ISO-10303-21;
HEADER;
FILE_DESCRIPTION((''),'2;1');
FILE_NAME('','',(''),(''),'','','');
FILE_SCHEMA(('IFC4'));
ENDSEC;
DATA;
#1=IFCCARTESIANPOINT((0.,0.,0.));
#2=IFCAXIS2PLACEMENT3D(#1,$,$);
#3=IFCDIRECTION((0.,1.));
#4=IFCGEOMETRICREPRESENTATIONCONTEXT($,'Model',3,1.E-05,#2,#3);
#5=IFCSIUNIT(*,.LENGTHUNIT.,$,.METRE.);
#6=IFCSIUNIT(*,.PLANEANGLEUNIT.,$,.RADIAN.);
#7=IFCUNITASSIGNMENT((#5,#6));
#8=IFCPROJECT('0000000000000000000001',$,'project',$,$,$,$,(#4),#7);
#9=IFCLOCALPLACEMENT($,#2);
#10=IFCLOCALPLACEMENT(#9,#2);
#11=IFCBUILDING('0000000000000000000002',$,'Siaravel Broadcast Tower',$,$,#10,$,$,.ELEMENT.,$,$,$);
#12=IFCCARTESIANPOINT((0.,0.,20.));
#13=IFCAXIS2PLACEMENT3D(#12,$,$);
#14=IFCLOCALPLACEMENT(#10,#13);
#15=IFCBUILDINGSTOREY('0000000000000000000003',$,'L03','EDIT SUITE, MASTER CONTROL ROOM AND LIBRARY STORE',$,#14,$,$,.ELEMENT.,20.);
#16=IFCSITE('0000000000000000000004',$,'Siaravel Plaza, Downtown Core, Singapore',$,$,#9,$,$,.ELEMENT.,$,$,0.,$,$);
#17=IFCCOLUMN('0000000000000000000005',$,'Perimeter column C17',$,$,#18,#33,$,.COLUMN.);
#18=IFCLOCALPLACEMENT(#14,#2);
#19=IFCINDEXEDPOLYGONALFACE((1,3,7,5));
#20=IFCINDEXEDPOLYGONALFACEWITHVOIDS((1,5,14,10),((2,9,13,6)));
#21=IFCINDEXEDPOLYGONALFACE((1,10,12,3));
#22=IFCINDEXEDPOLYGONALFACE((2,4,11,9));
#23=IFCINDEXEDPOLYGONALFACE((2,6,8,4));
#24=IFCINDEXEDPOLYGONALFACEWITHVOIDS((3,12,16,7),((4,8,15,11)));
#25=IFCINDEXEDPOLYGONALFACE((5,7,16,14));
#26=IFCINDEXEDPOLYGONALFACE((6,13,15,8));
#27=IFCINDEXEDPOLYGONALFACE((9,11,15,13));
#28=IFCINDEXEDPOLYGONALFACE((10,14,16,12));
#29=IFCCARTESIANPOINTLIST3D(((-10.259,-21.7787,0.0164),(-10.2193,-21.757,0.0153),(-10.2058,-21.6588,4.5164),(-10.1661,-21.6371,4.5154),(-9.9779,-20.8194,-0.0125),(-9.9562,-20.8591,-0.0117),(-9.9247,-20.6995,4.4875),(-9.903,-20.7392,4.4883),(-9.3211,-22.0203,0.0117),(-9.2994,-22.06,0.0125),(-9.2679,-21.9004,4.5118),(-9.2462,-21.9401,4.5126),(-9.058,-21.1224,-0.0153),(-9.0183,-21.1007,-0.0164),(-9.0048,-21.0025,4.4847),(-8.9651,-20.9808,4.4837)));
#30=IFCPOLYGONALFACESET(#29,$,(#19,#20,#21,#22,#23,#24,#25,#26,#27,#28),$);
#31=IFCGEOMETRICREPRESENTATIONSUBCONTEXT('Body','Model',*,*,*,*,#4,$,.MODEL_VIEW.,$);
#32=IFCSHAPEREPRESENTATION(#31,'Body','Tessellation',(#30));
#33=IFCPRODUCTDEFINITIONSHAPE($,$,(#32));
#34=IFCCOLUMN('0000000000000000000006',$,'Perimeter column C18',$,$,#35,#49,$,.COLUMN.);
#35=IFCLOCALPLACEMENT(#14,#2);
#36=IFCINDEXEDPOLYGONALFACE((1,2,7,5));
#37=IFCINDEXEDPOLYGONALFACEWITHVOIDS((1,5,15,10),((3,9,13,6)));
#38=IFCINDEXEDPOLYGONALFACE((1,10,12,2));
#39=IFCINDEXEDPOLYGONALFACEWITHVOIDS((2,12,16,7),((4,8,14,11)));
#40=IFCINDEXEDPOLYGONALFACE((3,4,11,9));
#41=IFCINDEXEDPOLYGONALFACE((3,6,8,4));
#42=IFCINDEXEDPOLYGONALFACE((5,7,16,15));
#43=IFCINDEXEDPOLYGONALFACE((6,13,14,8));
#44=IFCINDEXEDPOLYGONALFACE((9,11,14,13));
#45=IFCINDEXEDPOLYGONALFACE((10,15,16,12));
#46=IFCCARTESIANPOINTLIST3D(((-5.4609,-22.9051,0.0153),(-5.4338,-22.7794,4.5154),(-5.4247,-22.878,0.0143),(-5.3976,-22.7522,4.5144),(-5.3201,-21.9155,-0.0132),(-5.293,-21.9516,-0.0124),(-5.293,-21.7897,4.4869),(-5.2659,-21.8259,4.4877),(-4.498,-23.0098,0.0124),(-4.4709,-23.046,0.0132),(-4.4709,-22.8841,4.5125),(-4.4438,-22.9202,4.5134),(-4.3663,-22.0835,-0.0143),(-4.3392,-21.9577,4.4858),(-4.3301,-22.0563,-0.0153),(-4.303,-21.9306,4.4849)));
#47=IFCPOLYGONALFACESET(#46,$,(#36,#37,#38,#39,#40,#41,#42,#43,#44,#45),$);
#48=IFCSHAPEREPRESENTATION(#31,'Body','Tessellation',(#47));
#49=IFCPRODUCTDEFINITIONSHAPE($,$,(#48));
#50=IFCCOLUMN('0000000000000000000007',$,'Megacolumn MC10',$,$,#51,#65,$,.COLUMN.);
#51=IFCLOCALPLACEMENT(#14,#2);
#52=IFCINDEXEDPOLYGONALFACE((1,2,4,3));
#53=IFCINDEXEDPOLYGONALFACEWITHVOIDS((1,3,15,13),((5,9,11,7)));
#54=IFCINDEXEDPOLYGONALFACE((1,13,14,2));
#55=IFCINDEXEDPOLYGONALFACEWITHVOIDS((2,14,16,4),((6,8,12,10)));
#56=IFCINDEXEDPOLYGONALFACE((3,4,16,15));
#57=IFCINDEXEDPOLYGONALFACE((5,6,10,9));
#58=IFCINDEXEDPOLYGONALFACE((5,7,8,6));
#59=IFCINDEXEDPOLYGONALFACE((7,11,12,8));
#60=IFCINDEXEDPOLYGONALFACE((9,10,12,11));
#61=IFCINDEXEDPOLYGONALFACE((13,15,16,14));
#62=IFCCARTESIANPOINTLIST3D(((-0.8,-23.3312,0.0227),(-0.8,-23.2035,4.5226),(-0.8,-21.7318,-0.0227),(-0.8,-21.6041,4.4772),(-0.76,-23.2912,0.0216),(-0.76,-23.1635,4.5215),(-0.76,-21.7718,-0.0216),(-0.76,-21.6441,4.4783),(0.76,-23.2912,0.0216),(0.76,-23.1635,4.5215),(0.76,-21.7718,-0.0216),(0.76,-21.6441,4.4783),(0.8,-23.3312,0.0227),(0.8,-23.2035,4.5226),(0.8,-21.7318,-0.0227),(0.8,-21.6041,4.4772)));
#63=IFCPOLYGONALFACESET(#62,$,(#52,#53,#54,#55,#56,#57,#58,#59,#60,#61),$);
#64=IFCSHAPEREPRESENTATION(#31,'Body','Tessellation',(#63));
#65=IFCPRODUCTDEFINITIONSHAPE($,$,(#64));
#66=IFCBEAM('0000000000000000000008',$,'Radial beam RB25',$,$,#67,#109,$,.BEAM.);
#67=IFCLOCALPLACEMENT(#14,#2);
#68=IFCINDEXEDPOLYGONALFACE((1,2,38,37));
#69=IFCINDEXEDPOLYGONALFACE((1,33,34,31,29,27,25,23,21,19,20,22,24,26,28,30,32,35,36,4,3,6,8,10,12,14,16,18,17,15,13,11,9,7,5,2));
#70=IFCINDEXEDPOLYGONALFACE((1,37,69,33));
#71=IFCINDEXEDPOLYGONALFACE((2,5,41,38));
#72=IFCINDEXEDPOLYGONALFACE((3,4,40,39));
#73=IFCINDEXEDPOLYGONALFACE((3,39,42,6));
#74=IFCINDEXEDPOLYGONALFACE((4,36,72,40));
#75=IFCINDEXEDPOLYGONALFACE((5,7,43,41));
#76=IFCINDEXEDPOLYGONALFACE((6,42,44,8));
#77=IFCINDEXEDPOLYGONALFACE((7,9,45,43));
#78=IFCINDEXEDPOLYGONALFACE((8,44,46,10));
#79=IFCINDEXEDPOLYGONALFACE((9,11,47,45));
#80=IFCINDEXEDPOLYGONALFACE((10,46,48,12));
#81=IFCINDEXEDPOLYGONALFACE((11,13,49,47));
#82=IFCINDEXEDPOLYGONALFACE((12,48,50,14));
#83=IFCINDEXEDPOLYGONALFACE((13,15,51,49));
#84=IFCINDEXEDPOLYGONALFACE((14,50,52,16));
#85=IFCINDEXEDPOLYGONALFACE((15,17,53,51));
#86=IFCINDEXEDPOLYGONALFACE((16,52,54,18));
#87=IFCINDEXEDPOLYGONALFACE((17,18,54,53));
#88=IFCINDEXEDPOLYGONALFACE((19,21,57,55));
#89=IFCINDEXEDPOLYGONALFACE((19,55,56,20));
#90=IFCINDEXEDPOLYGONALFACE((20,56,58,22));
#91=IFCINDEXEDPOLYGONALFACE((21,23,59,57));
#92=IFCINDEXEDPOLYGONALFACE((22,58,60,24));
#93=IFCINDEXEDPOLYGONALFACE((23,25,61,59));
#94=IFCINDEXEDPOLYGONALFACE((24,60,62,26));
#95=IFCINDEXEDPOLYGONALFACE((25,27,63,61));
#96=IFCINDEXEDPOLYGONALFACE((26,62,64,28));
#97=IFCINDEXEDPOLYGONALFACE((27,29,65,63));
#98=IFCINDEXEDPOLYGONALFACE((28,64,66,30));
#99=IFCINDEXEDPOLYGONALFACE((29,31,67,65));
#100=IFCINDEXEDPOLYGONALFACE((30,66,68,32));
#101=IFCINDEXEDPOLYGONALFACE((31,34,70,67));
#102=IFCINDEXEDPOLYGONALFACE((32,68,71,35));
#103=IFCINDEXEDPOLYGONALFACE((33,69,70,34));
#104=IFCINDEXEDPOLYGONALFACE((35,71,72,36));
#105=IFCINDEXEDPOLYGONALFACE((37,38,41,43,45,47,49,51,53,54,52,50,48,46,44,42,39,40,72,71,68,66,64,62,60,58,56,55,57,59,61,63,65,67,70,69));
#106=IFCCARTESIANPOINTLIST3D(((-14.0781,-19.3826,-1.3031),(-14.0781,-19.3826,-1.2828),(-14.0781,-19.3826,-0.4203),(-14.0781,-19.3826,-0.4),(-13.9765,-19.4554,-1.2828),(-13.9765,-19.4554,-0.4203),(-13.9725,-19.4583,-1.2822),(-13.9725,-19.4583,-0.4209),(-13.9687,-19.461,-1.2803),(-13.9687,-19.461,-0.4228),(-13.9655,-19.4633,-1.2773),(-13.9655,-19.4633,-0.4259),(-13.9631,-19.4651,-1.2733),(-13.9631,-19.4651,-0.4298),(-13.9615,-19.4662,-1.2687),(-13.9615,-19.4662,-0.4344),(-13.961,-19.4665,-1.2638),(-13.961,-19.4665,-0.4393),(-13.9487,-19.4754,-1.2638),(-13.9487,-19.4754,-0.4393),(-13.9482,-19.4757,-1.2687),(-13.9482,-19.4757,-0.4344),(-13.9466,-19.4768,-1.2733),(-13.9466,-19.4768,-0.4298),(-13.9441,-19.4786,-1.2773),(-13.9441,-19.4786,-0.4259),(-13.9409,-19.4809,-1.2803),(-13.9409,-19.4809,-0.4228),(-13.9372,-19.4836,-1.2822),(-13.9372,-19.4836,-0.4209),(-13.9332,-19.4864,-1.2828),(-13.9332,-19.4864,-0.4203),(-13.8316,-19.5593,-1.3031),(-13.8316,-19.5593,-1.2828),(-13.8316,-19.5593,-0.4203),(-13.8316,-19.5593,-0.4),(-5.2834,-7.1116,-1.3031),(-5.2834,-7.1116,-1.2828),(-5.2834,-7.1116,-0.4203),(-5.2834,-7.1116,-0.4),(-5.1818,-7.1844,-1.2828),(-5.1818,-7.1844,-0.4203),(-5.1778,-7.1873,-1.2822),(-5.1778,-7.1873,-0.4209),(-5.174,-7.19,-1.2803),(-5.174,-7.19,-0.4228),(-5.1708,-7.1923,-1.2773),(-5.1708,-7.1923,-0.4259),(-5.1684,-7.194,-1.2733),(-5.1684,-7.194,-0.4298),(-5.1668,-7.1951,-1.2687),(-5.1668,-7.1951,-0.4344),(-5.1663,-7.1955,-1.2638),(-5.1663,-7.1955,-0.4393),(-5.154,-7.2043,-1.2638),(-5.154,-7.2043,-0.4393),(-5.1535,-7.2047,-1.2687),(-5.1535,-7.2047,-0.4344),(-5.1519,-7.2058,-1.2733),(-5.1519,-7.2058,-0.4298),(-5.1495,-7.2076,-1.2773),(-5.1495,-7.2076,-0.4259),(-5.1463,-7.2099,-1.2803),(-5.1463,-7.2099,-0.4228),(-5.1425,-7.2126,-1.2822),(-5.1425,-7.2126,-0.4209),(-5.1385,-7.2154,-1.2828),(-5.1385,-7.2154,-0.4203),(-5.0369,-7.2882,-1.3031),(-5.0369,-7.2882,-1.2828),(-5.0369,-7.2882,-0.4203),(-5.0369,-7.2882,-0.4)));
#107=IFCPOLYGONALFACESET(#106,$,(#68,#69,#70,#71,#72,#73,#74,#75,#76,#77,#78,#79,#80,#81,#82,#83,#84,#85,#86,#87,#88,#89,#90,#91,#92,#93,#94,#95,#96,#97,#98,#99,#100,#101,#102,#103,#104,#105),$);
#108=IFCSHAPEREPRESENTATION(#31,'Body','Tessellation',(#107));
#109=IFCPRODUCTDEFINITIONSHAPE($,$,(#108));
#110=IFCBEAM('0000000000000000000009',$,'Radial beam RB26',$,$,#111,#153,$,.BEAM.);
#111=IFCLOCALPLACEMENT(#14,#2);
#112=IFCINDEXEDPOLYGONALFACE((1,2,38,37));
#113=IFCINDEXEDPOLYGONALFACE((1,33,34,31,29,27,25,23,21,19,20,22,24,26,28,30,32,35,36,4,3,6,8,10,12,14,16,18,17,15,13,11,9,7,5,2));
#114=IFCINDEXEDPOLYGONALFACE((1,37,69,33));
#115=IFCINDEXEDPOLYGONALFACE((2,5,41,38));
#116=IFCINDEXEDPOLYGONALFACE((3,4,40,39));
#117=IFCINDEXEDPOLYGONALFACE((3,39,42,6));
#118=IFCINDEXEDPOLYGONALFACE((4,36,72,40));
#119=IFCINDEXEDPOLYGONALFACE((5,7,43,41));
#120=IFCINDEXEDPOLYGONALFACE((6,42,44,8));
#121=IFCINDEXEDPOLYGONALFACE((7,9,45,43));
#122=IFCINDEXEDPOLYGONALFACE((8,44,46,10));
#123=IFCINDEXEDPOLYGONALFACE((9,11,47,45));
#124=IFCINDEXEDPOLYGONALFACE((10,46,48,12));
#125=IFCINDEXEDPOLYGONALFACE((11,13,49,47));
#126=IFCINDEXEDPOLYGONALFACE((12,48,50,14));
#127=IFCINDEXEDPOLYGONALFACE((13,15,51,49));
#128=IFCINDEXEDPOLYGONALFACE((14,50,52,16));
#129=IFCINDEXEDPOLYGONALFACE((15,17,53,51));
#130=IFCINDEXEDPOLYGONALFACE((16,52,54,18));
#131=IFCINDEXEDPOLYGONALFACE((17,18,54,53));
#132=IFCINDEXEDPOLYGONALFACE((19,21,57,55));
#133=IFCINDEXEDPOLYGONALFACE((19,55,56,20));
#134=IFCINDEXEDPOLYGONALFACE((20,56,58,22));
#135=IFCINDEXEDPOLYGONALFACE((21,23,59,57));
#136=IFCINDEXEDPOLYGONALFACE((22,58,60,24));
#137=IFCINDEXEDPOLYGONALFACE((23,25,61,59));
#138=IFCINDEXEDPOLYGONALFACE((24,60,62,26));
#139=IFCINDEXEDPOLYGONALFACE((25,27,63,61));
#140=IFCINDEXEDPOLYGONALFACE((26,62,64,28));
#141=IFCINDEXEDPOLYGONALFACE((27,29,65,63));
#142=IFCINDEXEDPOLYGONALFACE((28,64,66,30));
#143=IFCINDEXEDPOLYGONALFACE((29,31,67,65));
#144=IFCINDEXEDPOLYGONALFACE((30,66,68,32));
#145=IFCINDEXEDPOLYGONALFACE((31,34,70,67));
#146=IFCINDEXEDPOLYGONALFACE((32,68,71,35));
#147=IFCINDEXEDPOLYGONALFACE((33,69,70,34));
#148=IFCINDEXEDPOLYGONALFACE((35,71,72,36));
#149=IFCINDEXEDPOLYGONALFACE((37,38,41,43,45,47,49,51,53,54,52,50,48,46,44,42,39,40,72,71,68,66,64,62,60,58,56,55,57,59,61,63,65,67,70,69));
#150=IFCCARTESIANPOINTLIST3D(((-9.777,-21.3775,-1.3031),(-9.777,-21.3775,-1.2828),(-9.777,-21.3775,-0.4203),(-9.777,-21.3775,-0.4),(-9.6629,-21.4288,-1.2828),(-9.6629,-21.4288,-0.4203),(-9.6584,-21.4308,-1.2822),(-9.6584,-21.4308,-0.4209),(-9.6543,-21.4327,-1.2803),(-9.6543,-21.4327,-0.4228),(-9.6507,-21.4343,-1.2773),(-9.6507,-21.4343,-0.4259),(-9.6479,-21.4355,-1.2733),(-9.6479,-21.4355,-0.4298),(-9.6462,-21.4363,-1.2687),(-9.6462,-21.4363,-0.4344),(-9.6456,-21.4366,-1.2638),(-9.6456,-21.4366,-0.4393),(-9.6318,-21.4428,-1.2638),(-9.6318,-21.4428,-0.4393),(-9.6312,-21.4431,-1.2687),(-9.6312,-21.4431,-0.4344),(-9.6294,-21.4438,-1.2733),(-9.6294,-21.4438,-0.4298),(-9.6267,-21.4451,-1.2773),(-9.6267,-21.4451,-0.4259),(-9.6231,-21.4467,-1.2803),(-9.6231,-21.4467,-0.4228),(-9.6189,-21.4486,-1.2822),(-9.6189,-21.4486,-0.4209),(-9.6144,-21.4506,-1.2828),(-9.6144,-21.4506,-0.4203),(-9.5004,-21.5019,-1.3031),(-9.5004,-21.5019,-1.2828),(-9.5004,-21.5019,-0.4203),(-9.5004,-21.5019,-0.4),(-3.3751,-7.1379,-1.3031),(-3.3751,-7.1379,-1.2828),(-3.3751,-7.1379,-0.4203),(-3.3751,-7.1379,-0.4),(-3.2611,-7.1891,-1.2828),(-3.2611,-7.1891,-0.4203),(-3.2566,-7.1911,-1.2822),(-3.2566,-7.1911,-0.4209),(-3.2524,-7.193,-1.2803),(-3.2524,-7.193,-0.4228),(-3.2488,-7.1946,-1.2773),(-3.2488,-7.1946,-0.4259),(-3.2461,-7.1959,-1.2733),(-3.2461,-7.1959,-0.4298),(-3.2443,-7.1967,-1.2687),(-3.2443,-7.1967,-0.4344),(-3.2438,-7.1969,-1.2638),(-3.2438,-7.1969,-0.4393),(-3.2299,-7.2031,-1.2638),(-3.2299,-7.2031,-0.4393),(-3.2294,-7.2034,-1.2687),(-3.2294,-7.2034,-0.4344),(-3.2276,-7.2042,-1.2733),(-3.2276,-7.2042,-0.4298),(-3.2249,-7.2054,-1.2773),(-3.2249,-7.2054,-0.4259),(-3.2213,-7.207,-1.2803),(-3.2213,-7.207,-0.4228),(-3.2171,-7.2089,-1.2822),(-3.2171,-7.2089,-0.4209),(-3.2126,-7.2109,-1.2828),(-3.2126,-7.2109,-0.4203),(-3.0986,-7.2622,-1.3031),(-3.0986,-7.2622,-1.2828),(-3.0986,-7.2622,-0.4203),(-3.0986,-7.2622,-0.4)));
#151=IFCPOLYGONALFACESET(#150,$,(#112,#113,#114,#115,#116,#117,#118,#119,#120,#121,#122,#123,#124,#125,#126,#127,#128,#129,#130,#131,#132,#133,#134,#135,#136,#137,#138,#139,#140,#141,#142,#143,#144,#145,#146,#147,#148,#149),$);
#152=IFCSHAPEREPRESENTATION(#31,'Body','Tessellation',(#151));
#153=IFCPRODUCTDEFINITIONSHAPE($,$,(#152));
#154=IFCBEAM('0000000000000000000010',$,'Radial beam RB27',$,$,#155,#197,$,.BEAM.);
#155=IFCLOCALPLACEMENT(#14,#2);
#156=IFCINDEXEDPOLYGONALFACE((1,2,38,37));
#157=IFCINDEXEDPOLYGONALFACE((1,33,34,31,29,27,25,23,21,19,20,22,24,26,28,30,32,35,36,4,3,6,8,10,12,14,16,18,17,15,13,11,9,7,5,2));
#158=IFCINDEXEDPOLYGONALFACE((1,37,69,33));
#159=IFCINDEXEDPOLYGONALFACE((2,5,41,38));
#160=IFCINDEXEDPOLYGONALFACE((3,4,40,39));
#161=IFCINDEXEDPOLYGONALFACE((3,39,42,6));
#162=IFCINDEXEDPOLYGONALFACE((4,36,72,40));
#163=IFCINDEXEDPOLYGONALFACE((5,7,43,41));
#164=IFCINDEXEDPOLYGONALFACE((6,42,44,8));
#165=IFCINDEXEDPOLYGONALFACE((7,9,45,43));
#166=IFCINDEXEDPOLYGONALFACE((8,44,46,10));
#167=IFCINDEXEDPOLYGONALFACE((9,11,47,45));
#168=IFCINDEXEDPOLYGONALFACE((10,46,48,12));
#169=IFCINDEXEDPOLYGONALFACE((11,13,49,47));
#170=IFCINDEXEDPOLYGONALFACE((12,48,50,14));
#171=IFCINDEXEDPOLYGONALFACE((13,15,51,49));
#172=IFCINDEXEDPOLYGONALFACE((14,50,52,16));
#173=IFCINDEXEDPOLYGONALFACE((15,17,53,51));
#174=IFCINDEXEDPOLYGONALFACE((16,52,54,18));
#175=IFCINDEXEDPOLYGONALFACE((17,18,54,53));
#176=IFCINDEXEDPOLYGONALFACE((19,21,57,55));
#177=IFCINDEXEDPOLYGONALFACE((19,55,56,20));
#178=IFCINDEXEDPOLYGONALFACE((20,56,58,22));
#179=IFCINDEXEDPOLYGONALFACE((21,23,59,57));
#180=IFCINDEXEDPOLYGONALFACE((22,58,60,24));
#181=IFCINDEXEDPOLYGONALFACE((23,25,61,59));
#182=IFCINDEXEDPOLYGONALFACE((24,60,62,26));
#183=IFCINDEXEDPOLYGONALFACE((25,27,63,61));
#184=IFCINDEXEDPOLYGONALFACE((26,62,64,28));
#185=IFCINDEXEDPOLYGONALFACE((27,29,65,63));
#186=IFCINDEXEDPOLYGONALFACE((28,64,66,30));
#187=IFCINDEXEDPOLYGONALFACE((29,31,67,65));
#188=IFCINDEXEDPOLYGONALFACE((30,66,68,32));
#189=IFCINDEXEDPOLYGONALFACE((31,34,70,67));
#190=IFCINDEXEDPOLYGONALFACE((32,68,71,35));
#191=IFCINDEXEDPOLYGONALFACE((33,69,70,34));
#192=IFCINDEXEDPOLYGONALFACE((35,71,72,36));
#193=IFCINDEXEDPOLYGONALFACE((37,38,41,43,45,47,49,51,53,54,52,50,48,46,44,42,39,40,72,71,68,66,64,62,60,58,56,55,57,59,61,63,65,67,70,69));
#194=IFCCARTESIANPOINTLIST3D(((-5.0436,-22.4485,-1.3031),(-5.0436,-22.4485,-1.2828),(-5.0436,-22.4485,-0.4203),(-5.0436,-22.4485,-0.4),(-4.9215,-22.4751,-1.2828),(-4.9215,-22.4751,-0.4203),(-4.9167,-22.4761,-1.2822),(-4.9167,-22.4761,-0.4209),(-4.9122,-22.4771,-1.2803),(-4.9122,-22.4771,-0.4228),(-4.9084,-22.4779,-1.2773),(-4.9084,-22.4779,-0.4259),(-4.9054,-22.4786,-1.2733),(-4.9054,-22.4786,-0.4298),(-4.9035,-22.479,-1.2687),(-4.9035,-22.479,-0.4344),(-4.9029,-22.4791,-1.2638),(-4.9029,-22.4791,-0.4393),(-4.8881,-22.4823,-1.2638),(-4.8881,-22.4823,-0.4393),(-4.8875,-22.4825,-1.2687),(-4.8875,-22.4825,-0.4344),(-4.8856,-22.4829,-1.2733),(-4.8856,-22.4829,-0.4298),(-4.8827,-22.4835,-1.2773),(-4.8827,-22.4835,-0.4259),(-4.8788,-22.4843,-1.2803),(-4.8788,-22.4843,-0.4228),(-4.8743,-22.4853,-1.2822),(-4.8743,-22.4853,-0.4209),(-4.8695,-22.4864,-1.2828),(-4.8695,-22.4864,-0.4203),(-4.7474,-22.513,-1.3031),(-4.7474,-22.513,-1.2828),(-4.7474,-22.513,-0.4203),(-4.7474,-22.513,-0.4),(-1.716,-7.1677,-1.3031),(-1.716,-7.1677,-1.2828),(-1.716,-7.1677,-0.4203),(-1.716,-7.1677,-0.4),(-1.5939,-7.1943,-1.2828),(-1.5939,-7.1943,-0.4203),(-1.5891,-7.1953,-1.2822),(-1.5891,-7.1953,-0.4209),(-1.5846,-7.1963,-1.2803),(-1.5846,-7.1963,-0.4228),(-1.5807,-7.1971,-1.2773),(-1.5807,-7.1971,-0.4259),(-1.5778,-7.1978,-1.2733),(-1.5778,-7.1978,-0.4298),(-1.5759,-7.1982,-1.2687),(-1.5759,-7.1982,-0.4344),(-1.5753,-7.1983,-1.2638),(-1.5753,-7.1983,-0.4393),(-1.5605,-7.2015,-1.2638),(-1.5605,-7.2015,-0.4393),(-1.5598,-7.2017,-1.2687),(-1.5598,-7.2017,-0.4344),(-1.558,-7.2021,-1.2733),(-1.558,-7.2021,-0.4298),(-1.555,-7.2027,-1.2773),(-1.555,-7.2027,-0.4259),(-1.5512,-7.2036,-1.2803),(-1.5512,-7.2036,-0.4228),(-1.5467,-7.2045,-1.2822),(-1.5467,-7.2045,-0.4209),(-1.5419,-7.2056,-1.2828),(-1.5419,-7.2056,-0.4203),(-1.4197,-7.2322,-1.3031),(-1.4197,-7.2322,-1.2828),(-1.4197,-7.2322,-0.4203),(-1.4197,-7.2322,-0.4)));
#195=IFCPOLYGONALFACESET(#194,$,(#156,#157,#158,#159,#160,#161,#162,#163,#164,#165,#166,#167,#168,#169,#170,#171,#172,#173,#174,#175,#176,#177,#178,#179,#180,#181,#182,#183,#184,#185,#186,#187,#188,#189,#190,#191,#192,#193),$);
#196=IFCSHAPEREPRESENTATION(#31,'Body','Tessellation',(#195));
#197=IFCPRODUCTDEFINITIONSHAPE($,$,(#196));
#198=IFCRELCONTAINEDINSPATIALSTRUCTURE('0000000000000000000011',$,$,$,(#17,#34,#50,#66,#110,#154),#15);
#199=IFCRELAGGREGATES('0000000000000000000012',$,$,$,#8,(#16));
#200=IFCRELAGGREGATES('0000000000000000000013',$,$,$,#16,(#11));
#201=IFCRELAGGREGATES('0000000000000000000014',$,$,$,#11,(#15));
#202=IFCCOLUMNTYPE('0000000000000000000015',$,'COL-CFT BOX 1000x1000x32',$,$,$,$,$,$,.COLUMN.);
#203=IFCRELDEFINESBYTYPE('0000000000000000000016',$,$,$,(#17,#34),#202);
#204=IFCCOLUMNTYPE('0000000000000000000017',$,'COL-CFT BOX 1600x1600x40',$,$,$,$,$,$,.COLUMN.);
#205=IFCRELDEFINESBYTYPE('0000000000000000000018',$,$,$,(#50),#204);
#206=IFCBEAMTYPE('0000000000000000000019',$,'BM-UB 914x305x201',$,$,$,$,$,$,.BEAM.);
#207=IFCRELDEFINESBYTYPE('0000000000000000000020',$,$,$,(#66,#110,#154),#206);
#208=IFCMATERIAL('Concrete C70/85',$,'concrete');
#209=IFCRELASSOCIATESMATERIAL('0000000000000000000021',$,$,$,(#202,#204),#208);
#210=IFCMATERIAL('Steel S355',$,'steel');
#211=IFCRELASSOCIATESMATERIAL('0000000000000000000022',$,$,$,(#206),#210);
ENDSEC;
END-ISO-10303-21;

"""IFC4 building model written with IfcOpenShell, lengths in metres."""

from ifc_helpers import new_model, si_unit, direction, frame, origin, origin_2d, place, context, subcontext, project, spatial, hollow_rectangle, i_section, extrude, material, material_profile, profile_set, type_object, element, save


model = new_model("IFC4")

# Units and contexts
model_context = context("Model", 3, precision=1e-05, world=origin(), true_north=direction((0.0, 1.0)))
body_context = subcontext(model_context, "Body", "Model", "MODEL_VIEW")
ifc_project = project(units=[si_unit("LENGTHUNIT", "METRE"), si_unit("PLANEANGLEUNIT", "RADIAN")], contexts=[model_context])

# Site, building, storey
site_placement = place(None, origin())
site = spatial("IfcSite", under=ifc_project, at=site_placement, Name="Siaravel Plaza, Downtown Core, Singapore", CompositionType="ELEMENT", RefElevation=0.0)
building_placement = place(site_placement, origin())
building = spatial("IfcBuilding", under=site, at=building_placement, Name="Siaravel Broadcast Tower", CompositionType="ELEMENT")
storey_placement = place(building_placement, frame((0.0, 0.0, 20.0)))
storey = spatial("IfcBuildingStorey", under=building, at=storey_placement, Name="L03", Description="EDIT SUITE, MASTER CONTROL ROOM AND LIBRARY STORE", CompositionType="ELEMENT", Elevation=20.0)

# Columns
ifc_material_1 = material(Name="Concrete C70/85", Category="concrete")
ifc_material_profile_1 = material_profile(ifc_material_1, hollow_rectangle(XDim=1.0, YDim=1.0, WallThickness=0.032, at=origin_2d()))
ifc_profile_set_1 = profile_set([ifc_material_profile_1], Name="Concrete C70/85")
column_type_1 = type_object("IfcColumnType", Name="COL-CFT BOX 1000x1000x32", PredefinedType="COLUMN", material=ifc_profile_set_1)
for number, where, z_axis, x_axis, name in (
    (1, (-9.6387, -21.4397, 0.0), (0.011822, 0.026627, 0.999576), (-0.959612, 0.281301, 0.003856), "Perimeter column C17"),
    (2, (-4.8955, -22.4807, 0.0), (0.00602, 0.027929, 0.999592), (-0.990027, 0.140862, 0.002026), "Perimeter column C18"),
):
    element("IfcColumn", number, at=place(storey_placement, frame(where, z_axis=z_axis, x_axis=x_axis)), inside=storey, type_object=column_type_1, Name=name, PredefinedType="COLUMN", context=body_context, shape_type="SweptSolid", body=[
        extrude(hollow_rectangle(XDim=1.0, YDim=1.0, WallThickness=0.032, at=origin_2d()), origin(), (0.0, 0.0, 1.0), 4.502),
    ])
ifc_material_profile_2 = material_profile(ifc_material_1, hollow_rectangle(XDim=1.6001, YDim=1.6001, WallThickness=0.04, at=origin_2d()))
ifc_profile_set_2 = profile_set([ifc_material_profile_2], Name="Concrete C70/85")
column_type_2 = type_object("IfcColumnType", Name="COL-CFT BOX 1600x1600x40", PredefinedType="COLUMN", material=ifc_profile_set_2)
column_placement = place(storey_placement, frame((0.0, -22.5315, 0.0), z_axis=(0.0, 0.028363, 0.999598), x_axis=(-1.0, 0.0, 0.0)))
element("IfcColumn", 3, at=column_placement, inside=storey, type_object=column_type_2, Name="Megacolumn MC10", PredefinedType="COLUMN", context=body_context, shape_type="SweptSolid", body=[
    extrude(hollow_rectangle(XDim=1.6001, YDim=1.6001, WallThickness=0.04, at=origin_2d()), origin(), (0.0, 0.0, 1.0), 4.5017),
])

# Beams
ifc_material_2 = material(Name="Steel S355", Category="steel")
ifc_material_profile_3 = material_profile(ifc_material_2, i_section(OverallWidth=0.3032, OverallDepth=0.9031, WebThickness=0.0151, FlangeThickness=0.0203, FilletRadius=0.019, at=origin_2d()))
ifc_profile_set_3 = profile_set([ifc_material_profile_3], Name="Steel S355")
beam_type = type_object("IfcBeamType", Name="BM-UB 914x305x201", PredefinedType="BEAM", material=ifc_profile_set_3)
beam_1_placement = place(storey_placement, frame((-13.9548, -19.4709, -0.8516), z_axis=(0.582539, 0.812803, 0.0), x_axis=(-0.812803, 0.582539, 0.0)))
element("IfcBeam", 4, at=beam_1_placement, inside=storey, type_object=beam_type, Name="Radial beam RB25", PredefinedType="BEAM", context=body_context, shape_type="SweptSolid", body=[
    extrude(i_section(OverallWidth=0.3032, OverallDepth=0.9031, WebThickness=0.0151, FlangeThickness=0.0203, FilletRadius=0.019, at=origin_2d()), origin(), (0.0, 0.0, 1.0), 15.0972),
])
beam_2_placement = place(storey_placement, frame((-9.6387, -21.4397, -0.8516), z_axis=(0.410043, 0.912066, 0.0), x_axis=(-0.912066, 0.410043, 0.0)))
element("IfcBeam", 5, at=beam_2_placement, inside=storey, type_object=beam_type, Name="Radial beam RB26", PredefinedType="BEAM", context=body_context, shape_type="SweptSolid", body=[
    extrude(i_section(OverallWidth=0.3032, OverallDepth=0.9031, WebThickness=0.0151, FlangeThickness=0.0203, FilletRadius=0.019, at=origin_2d()), origin(), (0.0, 0.0, 1.0), 15.6125),
])
beam_3_placement = place(storey_placement, frame((-4.8955, -22.4807, -0.8516), z_axis=(0.21278, 0.9771, 0.0), x_axis=(-0.9771, 0.21278, 0.0)))
element("IfcBeam", 6, at=beam_3_placement, inside=storey, type_object=beam_type, Name="Radial beam RB27", PredefinedType="BEAM", context=body_context, shape_type="SweptSolid", body=[
    extrude(i_section(OverallWidth=0.3032, OverallDepth=0.9031, WebThickness=0.0151, FlangeThickness=0.0203, FilletRadius=0.019, at=origin_2d()), origin(), (0.0, 0.0, 1.0), 15.6389),
])

save(model, "model.ifc")
